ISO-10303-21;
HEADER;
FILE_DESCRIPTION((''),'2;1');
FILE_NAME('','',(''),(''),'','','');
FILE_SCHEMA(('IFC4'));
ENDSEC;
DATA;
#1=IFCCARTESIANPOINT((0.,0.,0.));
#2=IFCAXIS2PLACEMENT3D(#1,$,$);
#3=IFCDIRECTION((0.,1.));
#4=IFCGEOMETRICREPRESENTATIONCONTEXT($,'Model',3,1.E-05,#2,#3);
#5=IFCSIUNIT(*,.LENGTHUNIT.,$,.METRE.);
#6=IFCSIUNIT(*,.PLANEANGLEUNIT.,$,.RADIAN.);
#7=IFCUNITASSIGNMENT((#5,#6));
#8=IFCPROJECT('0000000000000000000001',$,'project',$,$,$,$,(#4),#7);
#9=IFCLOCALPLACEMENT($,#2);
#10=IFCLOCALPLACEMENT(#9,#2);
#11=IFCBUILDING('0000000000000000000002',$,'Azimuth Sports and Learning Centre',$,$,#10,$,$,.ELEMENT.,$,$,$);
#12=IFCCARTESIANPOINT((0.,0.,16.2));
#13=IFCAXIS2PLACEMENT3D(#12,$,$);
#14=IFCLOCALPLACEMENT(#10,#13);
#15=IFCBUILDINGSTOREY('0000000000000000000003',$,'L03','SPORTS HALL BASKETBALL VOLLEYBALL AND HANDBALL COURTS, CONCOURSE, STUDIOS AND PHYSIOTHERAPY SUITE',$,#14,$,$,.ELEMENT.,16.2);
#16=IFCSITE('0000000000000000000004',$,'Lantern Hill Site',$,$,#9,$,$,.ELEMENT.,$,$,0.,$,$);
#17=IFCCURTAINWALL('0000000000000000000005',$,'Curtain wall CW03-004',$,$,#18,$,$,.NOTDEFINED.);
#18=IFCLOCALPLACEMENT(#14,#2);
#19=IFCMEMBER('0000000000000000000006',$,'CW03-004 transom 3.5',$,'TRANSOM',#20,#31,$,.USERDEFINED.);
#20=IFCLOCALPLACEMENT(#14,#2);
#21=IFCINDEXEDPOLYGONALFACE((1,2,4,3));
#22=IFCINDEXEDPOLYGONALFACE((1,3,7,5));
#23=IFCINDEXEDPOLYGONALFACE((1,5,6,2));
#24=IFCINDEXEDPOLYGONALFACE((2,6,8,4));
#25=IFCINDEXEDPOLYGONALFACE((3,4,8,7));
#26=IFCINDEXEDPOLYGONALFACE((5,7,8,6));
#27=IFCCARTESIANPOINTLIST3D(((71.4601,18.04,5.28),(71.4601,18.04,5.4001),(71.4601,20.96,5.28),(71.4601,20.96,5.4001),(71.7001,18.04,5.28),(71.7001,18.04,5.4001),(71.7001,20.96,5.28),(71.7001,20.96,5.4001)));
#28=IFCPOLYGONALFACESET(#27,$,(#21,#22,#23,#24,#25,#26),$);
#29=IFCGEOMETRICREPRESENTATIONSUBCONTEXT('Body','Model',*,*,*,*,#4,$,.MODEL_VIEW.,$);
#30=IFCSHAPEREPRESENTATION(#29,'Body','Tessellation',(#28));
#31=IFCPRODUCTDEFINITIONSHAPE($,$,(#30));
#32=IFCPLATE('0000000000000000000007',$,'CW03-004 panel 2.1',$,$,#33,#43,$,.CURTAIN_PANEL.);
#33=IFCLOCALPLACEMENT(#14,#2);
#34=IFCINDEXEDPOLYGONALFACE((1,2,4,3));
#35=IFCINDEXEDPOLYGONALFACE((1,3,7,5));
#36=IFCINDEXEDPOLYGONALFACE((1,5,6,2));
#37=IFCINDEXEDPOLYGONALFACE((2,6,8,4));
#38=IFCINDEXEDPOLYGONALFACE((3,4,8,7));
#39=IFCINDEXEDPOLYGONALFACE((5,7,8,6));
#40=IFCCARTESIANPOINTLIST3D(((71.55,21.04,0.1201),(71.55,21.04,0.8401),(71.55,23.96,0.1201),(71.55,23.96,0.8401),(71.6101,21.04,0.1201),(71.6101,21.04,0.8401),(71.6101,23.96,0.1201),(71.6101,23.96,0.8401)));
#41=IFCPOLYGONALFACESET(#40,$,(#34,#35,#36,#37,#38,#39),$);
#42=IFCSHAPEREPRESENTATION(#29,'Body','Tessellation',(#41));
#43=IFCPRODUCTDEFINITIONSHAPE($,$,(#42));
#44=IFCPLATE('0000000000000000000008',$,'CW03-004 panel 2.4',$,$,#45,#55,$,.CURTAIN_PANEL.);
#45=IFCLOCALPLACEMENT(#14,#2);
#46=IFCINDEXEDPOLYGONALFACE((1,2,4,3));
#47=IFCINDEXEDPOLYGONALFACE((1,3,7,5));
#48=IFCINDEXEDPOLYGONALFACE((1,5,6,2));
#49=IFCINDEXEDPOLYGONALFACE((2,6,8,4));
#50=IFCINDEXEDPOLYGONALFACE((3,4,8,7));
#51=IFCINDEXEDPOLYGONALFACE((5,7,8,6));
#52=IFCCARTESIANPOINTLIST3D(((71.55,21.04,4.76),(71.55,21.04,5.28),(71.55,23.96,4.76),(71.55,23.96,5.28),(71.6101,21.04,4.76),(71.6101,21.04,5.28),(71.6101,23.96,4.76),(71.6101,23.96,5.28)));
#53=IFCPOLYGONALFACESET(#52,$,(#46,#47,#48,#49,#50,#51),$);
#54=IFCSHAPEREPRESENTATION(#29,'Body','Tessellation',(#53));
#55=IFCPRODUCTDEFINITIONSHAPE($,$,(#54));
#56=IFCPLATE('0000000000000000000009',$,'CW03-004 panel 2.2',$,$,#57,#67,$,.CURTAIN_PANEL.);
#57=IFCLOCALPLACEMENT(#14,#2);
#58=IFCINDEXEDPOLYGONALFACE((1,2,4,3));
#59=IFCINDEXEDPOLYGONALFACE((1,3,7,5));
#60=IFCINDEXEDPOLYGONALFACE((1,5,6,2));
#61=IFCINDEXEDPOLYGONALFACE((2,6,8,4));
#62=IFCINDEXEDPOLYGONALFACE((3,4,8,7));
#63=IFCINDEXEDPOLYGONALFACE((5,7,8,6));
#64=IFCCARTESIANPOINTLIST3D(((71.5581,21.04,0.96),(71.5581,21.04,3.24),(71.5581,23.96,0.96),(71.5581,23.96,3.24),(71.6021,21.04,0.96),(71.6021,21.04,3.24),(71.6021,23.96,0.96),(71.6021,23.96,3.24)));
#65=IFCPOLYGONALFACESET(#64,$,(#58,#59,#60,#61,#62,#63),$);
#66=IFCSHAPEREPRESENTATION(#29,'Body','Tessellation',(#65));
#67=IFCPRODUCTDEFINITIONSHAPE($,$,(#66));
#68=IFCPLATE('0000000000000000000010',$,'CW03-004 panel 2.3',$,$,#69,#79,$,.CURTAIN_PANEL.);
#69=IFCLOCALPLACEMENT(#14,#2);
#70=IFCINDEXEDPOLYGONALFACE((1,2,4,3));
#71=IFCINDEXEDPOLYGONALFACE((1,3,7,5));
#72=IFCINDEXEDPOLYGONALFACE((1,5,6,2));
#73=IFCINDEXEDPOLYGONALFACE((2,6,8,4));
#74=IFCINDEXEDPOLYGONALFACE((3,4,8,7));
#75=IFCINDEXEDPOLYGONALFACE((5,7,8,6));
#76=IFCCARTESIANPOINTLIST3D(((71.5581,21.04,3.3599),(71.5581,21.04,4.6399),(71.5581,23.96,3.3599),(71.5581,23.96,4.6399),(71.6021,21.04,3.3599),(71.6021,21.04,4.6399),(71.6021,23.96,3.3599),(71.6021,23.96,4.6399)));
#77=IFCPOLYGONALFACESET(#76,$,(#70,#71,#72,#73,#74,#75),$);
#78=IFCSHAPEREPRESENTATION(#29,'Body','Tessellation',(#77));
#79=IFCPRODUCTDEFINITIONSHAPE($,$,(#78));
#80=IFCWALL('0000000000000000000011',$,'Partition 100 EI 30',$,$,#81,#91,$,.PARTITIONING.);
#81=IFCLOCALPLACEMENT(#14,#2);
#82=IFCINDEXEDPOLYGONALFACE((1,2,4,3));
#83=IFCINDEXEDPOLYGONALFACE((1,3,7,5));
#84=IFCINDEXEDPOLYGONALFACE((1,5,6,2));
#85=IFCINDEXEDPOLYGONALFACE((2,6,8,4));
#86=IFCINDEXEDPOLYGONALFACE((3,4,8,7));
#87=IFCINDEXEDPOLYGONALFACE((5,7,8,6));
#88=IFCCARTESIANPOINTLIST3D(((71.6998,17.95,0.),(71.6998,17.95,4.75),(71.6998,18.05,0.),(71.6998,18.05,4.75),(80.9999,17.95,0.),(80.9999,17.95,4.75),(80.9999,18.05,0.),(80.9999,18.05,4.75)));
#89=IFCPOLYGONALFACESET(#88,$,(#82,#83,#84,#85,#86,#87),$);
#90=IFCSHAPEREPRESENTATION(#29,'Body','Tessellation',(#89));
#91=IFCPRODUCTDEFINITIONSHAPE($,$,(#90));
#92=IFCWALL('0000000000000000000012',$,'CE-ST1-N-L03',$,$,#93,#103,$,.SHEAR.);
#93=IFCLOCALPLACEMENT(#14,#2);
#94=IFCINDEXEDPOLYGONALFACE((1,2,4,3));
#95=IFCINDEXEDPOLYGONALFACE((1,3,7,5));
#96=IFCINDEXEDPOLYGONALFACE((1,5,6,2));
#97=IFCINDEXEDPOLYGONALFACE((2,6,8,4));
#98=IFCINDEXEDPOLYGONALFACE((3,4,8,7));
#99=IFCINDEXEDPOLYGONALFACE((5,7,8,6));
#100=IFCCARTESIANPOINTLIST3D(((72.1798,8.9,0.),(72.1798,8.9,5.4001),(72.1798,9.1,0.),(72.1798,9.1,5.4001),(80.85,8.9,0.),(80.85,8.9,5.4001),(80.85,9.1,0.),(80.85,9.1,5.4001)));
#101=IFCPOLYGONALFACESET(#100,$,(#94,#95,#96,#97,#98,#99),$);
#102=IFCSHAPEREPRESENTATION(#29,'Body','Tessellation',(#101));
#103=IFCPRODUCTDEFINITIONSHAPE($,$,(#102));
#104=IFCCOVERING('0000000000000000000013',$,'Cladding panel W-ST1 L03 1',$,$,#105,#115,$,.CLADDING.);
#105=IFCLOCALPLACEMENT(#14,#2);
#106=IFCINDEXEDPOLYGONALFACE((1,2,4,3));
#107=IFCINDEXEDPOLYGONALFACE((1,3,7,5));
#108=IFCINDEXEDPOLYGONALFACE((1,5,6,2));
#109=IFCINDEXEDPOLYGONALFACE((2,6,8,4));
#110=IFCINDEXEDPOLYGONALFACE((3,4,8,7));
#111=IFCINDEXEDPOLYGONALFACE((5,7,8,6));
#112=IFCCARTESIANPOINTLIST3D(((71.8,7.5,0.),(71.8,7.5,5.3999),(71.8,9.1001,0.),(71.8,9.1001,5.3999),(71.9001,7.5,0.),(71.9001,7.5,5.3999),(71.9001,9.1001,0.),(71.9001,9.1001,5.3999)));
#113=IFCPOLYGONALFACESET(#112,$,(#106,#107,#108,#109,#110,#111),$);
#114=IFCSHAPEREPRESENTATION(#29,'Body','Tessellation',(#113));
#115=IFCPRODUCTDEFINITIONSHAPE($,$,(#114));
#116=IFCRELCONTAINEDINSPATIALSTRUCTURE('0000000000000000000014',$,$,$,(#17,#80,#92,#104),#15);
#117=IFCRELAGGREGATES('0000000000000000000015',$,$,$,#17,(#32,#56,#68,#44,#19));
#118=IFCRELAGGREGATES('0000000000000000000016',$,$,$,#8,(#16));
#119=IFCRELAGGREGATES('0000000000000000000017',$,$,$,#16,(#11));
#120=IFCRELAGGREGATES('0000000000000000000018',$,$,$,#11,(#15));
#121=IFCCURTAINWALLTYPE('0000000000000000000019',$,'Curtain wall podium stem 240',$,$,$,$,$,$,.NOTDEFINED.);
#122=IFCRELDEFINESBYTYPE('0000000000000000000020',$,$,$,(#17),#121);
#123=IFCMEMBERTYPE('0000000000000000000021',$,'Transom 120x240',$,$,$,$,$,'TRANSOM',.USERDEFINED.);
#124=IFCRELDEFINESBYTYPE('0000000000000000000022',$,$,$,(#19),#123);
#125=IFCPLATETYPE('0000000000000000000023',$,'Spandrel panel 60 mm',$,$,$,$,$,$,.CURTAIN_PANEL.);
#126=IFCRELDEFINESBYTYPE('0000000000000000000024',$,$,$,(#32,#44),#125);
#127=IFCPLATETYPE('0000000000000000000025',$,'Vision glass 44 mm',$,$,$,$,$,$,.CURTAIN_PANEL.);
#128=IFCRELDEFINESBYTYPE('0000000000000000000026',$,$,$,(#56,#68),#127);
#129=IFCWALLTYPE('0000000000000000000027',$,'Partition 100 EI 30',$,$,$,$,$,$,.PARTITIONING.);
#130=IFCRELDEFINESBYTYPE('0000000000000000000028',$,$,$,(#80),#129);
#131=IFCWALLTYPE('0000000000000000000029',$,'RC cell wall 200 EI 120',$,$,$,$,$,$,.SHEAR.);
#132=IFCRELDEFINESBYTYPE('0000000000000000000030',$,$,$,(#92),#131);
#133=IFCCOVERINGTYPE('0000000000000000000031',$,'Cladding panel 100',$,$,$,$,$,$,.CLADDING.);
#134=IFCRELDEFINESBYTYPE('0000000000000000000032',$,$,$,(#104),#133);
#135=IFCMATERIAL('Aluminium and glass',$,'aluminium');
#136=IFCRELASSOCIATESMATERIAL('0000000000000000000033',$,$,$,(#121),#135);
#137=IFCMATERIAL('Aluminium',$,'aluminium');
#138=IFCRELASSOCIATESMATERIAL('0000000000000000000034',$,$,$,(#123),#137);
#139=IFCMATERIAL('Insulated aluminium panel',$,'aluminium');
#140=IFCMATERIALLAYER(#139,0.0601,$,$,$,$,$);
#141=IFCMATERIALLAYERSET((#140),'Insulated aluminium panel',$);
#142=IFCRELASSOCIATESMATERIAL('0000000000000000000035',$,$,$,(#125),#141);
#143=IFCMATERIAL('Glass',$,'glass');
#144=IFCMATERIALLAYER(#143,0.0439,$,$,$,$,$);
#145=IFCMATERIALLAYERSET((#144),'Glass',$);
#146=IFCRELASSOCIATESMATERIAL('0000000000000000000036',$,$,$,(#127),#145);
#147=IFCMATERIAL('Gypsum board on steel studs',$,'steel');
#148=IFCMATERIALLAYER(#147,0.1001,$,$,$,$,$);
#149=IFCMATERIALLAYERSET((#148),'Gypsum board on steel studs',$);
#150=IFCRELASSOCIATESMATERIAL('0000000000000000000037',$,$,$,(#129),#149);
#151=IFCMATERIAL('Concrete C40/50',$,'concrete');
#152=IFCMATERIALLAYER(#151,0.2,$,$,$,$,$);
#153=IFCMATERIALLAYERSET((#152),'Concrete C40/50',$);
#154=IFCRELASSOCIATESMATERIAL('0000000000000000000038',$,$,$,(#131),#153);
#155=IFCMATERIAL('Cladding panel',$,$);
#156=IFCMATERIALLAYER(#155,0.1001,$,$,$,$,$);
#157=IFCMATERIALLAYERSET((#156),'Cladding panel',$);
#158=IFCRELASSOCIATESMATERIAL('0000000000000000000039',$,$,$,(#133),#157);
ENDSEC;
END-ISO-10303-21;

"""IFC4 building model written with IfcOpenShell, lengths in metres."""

from ifc_helpers import new_model, si_unit, direction, frame, frame_2d, origin, origin_2d, place, context, subcontext, project, spatial, rectangle, extrude, material, layer, layer_set, material_profile, profile_set, type_object, element, aggregate, save


model = new_model("IFC4")

# Units and contexts
model_context = context("Model", 3, precision=1e-05, world=origin(), true_north=direction((0.0, 1.0)))
body_context = subcontext(model_context, "Body", "Model", "MODEL_VIEW")
ifc_project = project(units=[si_unit("LENGTHUNIT", "METRE"), si_unit("PLANEANGLEUNIT", "RADIAN")], contexts=[model_context])

# Site, building, storey
site_placement = place(None, origin())
site = spatial("IfcSite", under=ifc_project, at=site_placement, Name="Lantern Hill Site", CompositionType="ELEMENT", RefElevation=0.0)
building_placement = place(site_placement, origin())
building = spatial("IfcBuilding", under=site, at=building_placement, Name="Azimuth Sports and Learning Centre", CompositionType="ELEMENT")
storey_placement = place(building_placement, frame((0.0, 0.0, 16.2)))
storey = spatial("IfcBuildingStorey", under=building, at=storey_placement, Name="L03", Description="SPORTS HALL BASKETBALL VOLLEYBALL AND HANDBALL COURTS, CONCOURSE, STUDIOS AND PHYSIOTHERAPY SUITE", CompositionType="ELEMENT", Elevation=16.2)

# Curtain wall, member, plates
ifc_material_1 = material(Name="Aluminium and glass", Category="aluminium")
curtain_wall_type = type_object("IfcCurtainWallType", Name="Curtain wall podium stem 240", PredefinedType="NOTDEFINED", material=ifc_material_1)
curtain_wall_placement = place(storey_placement, origin())
curtain_wall = element("IfcCurtainWall", 1, at=curtain_wall_placement, inside=storey, type_object=curtain_wall_type, Name="Curtain wall CW03-004", PredefinedType="NOTDEFINED")
ifc_material_2 = material(Name="Aluminium", Category="aluminium")
ifc_material_profile_1 = material_profile(ifc_material_2, rectangle(XDim=0.24, YDim=0.1201, at=origin_2d()), Name="Transom 120x240")
ifc_profile_set_1 = profile_set([ifc_material_profile_1], Name="Aluminium")
member_type_1 = type_object("IfcMemberType", Name="Transom 120x240", ElementType="TRANSOM", PredefinedType="USERDEFINED", material=ifc_profile_set_1)
member_1_placement = place(storey_placement, frame((71.5801, 20.96, 5.3401), z_axis=(0.0, -1.0, 0.0), x_axis=(1.0, 0.0, 0.0)))
member_1 = element("IfcMember", 2, at=member_1_placement, type_object=member_type_1, Name="CW03-004 transom 3.5", ObjectType="TRANSOM", PredefinedType="USERDEFINED", context=body_context, shape_type="SweptSolid", body=[
    extrude(rectangle(XDim=0.24, YDim=0.1201, at=origin_2d()), origin(), (0.0, 0.0, 1.0), 2.9199),
])
ifc_material_3 = material(Name="Insulated aluminium panel", Category="aluminium")
ifc_layer_1 = layer(ifc_material_3, 0.0601)
ifc_layer_set_1 = layer_set([ifc_layer_1], Name="Insulated aluminium panel")
plate_type_1 = type_object("IfcPlateType", Name="Spandrel panel 60 mm", PredefinedType="CURTAIN_PANEL", material=ifc_layer_set_1)
plate_1_placement = place(storey_placement, frame((71.5801, 22.5, 0.1201), z_axis=(0.0, 0.0, 1.0), x_axis=(0.0, -1.0, 0.0)))
plate_1 = element("IfcPlate", 3, at=plate_1_placement, type_object=plate_type_1, Name="CW03-004 panel 2.1", PredefinedType="CURTAIN_PANEL", context=body_context, shape_type="SweptSolid", body=[
    extrude(rectangle(XDim=2.9199, YDim=0.0601, at=origin_2d()), origin(), (0.0, 0.0, 1.0), 0.72),
])
plate_2_placement = place(storey_placement, frame((71.5801, 22.5, 4.76), z_axis=(0.0, 0.0, 1.0), x_axis=(0.0, -1.0, 0.0)))
plate_2 = element("IfcPlate", 4, at=plate_2_placement, type_object=plate_type_1, Name="CW03-004 panel 2.4", PredefinedType="CURTAIN_PANEL", context=body_context, shape_type="SweptSolid", body=[
    extrude(rectangle(XDim=2.9199, YDim=0.0601, at=origin_2d()), origin(), (0.0, 0.0, 1.0), 0.52),
])
ifc_material_4 = material(Name="Glass", Category="glass")
ifc_layer_2 = layer(ifc_material_4, 0.0439)
ifc_layer_set_2 = layer_set([ifc_layer_2], Name="Glass")
plate_type_2 = type_object("IfcPlateType", Name="Vision glass 44 mm", PredefinedType="CURTAIN_PANEL", material=ifc_layer_set_2)
plate_3_placement = place(storey_placement, frame((71.5801, 22.5, 0.96), z_axis=(0.0, 0.0, 1.0), x_axis=(0.0, -1.0, 0.0)))
plate_3 = element("IfcPlate", 5, at=plate_3_placement, type_object=plate_type_2, Name="CW03-004 panel 2.2", PredefinedType="CURTAIN_PANEL", context=body_context, shape_type="SweptSolid", body=[
    extrude(rectangle(XDim=2.9199, YDim=0.0439, at=origin_2d()), origin(), (0.0, 0.0, 1.0), 2.28),
])
plate_4_placement = place(storey_placement, frame((71.5801, 22.5, 3.3599), z_axis=(0.0, 0.0, 1.0), x_axis=(0.0, -1.0, 0.0)))
plate_4 = element("IfcPlate", 6, at=plate_4_placement, type_object=plate_type_2, Name="CW03-004 panel 2.3", PredefinedType="CURTAIN_PANEL", context=body_context, shape_type="SweptSolid", body=[
    extrude(rectangle(XDim=2.9199, YDim=0.0439, at=origin_2d()), origin(), (0.0, 0.0, 1.0), 1.28),
])
aggregate(curtain_wall, [plate_1, plate_3, plate_4, plate_2, member_1])

# Walls
ifc_material_5 = material(Name="Gypsum board on steel studs", Category="steel")
ifc_layer_3 = layer(ifc_material_5, 0.1001)
ifc_layer_set_3 = layer_set([ifc_layer_3], Name="Gypsum board on steel studs")
wall_type_1 = type_object("IfcWallType", Name="Partition 100 EI 30", PredefinedType="PARTITIONING", material=ifc_layer_set_3)
wall_1_placement = place(storey_placement, frame((71.7, 18.0, 0.0), z_axis=(0.0, 0.0, 1.0), x_axis=(1.0, 0.0, 0.0)))
element("IfcWall", 7, at=wall_1_placement, inside=storey, type_object=wall_type_1, Name="Partition 100 EI 30", PredefinedType="PARTITIONING", context=body_context, shape_type="SweptSolid", body=[
    extrude(rectangle(XDim=9.3, YDim=0.1001, at=frame_2d((4.6499, 0.0))), origin(), (0.0, 0.0, 1.0), 4.75),
])
ifc_material_6 = material(Name="Concrete C40/50", Category="concrete")
ifc_layer_4 = layer(ifc_material_6, 0.2)
ifc_layer_set_4 = layer_set([ifc_layer_4], Name="Concrete C40/50")
wall_type_2 = type_object("IfcWallType", Name="RC cell wall 200 EI 120", PredefinedType="SHEAR", material=ifc_layer_set_4)
wall_2_placement = place(storey_placement, frame((72.1799, 9.0, 0.0), z_axis=(0.0, 0.0, 1.0), x_axis=(1.0, 0.0, 0.0)))
element("IfcWall", 8, at=wall_2_placement, inside=storey, type_object=wall_type_2, Name="CE-ST1-N-L03", PredefinedType="SHEAR", context=body_context, shape_type="SweptSolid", body=[
    extrude(rectangle(XDim=8.6702, YDim=0.2, at=frame_2d((4.335, 0.0))), origin(), (0.0, 0.0, 1.0), 5.4001),
])

# Covering
ifc_material_7 = material(Name="Cladding panel")
ifc_layer_5 = layer(ifc_material_7, 0.1001)
ifc_layer_set_5 = layer_set([ifc_layer_5], Name="Cladding panel")
covering_type = type_object("IfcCoveringType", Name="Cladding panel 100", PredefinedType="CLADDING", material=ifc_layer_set_5)
covering_placement = place(storey_placement, frame((71.8501, 8.3, 0.0), z_axis=(0.0, 0.0, 1.0), x_axis=(0.0, -1.0, 0.0)))
element("IfcCovering", 9, at=covering_placement, inside=storey, type_object=covering_type, Name="Cladding panel W-ST1 L03 1", PredefinedType="CLADDING", context=body_context, shape_type="SweptSolid", body=[
    extrude(rectangle(XDim=1.6001, YDim=0.1001, at=origin_2d()), origin(), (0.0, 0.0, 1.0), 5.3999),
])

save(model, "model.ifc")
